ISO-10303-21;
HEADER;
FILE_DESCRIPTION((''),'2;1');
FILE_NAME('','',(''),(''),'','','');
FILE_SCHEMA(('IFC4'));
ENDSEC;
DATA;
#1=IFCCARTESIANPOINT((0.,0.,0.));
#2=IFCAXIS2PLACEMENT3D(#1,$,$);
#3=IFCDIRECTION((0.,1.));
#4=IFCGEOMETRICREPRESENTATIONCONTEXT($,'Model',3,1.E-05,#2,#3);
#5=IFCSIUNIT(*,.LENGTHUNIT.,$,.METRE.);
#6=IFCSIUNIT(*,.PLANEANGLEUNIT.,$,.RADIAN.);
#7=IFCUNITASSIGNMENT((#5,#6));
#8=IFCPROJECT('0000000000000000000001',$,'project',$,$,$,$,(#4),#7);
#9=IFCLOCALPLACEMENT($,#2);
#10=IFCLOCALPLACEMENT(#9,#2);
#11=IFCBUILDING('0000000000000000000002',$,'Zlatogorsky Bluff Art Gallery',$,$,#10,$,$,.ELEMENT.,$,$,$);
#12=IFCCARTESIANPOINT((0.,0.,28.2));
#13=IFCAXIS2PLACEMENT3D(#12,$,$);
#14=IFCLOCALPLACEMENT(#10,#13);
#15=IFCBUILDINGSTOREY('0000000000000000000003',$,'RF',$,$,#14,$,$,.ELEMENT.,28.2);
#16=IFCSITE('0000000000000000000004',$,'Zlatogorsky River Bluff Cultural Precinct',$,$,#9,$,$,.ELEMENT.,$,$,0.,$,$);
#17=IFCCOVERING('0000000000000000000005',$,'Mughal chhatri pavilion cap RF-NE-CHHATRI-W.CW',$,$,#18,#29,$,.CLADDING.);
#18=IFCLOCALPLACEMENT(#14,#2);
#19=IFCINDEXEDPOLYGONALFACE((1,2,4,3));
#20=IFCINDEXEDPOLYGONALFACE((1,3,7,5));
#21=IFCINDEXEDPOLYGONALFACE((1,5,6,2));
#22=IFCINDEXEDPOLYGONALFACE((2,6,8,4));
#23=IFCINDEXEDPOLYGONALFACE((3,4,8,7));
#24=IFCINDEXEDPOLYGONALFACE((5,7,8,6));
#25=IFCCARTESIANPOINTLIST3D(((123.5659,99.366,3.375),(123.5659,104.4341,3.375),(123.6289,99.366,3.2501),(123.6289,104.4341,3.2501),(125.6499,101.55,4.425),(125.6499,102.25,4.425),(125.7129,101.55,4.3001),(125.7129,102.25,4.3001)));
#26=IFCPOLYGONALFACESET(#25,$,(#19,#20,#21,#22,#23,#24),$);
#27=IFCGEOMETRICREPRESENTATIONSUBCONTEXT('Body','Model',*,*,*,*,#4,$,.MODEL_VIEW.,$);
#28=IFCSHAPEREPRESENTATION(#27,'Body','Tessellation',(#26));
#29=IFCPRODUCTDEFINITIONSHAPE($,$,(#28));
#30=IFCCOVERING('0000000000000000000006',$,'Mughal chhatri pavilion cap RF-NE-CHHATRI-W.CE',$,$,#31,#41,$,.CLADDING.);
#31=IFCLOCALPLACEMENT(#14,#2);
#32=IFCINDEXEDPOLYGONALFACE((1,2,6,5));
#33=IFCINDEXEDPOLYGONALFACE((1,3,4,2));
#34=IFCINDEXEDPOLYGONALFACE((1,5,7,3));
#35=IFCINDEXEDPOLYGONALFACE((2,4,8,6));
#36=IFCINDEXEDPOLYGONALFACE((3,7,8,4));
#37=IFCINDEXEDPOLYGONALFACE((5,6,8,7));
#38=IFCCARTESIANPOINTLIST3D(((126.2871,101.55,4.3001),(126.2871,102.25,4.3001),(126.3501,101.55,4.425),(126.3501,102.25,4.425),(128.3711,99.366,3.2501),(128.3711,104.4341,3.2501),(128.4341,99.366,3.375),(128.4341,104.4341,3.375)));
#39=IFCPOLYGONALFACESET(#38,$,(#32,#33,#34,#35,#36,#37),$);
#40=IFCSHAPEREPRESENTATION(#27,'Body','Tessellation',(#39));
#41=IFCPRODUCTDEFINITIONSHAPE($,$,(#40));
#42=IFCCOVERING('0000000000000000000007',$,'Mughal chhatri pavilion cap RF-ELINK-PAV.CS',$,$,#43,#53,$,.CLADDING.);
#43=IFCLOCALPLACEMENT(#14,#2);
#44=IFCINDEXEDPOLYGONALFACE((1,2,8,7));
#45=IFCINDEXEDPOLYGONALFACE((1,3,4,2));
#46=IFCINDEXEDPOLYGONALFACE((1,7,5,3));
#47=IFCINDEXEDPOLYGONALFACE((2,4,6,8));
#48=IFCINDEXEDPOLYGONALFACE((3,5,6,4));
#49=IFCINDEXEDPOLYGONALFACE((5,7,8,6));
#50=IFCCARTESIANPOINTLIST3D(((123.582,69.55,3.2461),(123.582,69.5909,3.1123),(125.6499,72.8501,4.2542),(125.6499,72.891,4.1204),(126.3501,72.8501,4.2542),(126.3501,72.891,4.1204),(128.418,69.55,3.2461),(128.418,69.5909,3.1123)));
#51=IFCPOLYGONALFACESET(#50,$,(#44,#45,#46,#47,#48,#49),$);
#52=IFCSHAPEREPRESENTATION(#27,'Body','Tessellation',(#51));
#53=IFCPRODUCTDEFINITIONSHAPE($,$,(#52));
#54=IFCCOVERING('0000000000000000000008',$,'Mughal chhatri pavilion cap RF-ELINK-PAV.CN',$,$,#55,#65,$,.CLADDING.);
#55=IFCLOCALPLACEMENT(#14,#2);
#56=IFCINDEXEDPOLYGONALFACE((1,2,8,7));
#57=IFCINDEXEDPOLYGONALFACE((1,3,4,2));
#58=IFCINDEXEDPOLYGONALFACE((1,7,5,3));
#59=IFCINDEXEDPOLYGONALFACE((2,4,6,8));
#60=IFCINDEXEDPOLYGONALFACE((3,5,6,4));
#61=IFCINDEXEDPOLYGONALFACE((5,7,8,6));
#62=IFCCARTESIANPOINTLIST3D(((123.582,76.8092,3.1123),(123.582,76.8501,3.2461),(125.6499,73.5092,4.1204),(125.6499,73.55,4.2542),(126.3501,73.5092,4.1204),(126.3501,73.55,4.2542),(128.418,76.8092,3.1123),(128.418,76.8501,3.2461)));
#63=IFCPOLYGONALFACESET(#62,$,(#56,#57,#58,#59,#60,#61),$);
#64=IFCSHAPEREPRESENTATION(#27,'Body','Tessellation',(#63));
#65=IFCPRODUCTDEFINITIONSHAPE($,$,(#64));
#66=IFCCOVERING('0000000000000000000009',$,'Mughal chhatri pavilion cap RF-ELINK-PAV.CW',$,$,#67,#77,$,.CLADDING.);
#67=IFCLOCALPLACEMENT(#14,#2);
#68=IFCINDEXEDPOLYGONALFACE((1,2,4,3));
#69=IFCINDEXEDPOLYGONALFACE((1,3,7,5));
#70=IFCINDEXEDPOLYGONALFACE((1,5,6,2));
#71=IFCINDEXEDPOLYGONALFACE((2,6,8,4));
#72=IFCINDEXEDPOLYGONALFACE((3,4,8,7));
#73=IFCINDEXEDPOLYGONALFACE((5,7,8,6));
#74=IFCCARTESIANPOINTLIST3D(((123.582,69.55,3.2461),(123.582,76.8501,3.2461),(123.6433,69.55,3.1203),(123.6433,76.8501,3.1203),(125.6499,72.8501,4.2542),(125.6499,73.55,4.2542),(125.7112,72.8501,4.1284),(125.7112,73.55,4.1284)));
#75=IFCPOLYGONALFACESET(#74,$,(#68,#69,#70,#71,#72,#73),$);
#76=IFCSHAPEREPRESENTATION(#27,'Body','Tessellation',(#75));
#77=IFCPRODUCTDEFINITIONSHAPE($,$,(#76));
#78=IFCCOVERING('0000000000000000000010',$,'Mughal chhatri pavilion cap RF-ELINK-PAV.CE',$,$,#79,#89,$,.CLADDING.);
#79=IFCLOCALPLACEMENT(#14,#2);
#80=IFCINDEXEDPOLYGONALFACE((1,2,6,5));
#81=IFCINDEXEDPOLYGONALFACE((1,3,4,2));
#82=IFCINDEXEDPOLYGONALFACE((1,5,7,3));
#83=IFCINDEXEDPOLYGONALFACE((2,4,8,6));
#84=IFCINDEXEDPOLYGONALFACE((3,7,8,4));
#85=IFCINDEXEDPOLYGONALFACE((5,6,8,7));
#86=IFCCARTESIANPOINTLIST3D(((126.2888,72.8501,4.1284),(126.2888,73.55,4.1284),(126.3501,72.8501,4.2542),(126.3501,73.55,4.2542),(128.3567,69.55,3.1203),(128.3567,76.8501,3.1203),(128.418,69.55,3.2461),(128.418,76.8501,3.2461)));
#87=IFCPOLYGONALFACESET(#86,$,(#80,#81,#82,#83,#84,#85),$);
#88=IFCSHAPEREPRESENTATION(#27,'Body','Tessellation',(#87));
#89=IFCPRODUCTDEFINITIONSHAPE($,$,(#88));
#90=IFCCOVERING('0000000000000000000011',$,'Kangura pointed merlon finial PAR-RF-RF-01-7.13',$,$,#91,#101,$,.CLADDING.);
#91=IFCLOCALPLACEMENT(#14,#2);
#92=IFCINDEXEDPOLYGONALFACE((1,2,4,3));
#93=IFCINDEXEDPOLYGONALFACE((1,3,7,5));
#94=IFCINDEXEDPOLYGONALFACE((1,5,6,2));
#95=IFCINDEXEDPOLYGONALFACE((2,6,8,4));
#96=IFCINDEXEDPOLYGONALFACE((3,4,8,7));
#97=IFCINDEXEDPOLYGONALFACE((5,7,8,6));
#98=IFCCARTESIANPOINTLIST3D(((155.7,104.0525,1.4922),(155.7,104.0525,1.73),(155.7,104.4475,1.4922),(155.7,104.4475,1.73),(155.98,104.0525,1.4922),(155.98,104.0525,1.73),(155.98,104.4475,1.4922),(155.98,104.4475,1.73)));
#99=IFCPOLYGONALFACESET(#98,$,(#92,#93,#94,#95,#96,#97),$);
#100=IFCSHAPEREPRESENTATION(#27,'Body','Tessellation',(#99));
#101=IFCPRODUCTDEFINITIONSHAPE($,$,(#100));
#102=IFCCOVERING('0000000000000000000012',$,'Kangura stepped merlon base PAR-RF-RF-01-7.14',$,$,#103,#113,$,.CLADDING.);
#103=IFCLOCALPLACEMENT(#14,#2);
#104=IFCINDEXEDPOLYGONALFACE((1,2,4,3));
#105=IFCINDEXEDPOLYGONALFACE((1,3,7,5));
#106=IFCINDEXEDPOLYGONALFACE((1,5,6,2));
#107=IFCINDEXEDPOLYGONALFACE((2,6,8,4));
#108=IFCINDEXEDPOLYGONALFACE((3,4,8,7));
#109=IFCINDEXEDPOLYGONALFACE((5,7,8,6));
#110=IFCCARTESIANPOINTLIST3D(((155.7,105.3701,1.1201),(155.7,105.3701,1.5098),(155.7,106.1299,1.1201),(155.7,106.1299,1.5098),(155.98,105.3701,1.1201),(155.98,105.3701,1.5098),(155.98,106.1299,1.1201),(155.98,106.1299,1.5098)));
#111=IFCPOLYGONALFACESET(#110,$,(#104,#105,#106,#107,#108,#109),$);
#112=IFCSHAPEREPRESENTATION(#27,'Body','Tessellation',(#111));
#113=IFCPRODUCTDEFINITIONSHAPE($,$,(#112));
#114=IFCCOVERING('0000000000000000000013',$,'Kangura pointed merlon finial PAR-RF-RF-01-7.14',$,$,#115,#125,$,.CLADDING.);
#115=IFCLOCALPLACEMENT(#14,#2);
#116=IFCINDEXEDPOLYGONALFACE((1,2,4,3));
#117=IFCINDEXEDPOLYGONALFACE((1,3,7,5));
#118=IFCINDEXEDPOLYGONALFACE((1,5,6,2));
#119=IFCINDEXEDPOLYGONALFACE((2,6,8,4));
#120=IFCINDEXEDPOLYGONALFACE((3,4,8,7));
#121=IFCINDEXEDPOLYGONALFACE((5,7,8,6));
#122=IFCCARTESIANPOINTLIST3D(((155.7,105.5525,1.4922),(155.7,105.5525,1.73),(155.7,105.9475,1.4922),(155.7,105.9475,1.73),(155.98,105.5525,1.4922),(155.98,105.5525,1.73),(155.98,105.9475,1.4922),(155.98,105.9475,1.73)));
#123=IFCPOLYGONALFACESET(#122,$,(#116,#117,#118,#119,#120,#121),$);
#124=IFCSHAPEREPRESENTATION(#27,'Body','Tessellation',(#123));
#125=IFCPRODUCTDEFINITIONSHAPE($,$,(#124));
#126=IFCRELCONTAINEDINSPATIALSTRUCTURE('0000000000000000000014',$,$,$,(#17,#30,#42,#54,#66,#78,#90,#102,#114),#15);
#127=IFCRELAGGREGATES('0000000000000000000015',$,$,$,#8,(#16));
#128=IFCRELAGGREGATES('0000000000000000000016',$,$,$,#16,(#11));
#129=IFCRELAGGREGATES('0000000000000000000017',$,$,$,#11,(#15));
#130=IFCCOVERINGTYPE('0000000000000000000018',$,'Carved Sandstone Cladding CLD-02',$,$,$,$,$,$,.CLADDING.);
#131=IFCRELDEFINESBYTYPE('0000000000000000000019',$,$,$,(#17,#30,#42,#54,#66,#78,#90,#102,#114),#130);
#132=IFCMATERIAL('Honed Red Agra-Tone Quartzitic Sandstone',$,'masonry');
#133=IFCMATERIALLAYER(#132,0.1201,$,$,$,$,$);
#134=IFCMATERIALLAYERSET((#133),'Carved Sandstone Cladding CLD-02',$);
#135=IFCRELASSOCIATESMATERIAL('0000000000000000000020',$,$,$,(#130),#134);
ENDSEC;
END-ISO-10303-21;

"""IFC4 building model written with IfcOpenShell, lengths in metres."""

from ifc_helpers import new_model, si_unit, direction, frame, origin, place, context, subcontext, project, spatial, polyline, outline, extrude, material, layer, layer_set, type_object, element, save


model = new_model("IFC4")

# Units and contexts
model_context = context("Model", 3, precision=1e-05, world=origin(), true_north=direction((0.0, 1.0)))
body_context = subcontext(model_context, "Body", "Model", "MODEL_VIEW")
ifc_project = project(units=[si_unit("LENGTHUNIT", "METRE"), si_unit("PLANEANGLEUNIT", "RADIAN")], contexts=[model_context])

# Site, building, storey
site_placement = place(None, origin())
site = spatial("IfcSite", under=ifc_project, at=site_placement, Name="Zlatogorsky River Bluff Cultural Precinct", CompositionType="ELEMENT", RefElevation=0.0)
building_placement = place(site_placement, origin())
building = spatial("IfcBuilding", under=site, at=building_placement, Name="Zlatogorsky Bluff Art Gallery", CompositionType="ELEMENT")
storey_placement = place(building_placement, frame((0.0, 0.0, 28.2)))
storey = spatial("IfcBuildingStorey", under=building, at=storey_placement, Name="RF", CompositionType="ELEMENT", Elevation=28.2)

# Coverings
ifc_material_1 = material(Name="Honed Red Agra-Tone Quartzitic Sandstone", Category="masonry")
ifc_layer_1 = layer(ifc_material_1, 0.1201)
ifc_layer_set_1 = layer_set([ifc_layer_1], Name="Carved Sandstone Cladding CLD-02")
covering_type = type_object("IfcCoveringType", Name="Carved Sandstone Cladding CLD-02", PredefinedType="CLADDING", material=ifc_layer_set_1)
for number, where, z_axis, x_axis, name in (
    (1, (123.5659, 104.4341, 3.375), (-0.449973, 0.0, 0.893042), (0.0, -1.0, 0.0), "Mughal chhatri pavilion cap RF-NE-CHHATRI-W.CW"),
    (2, (128.4341, 99.366, 3.375), (0.449973, 0.0, 0.893042), (0.0, 1.0, 0.0), "Mughal chhatri pavilion cap RF-NE-CHHATRI-W.CE"),
):
    element("IfcCovering", number, at=place(storey_placement, frame(where, z_axis=z_axis, x_axis=x_axis)), inside=storey, type_object=covering_type, Name=name, PredefinedType="CLADDING", context=body_context, shape_type="SweptSolid", body=[
        extrude(outline(polyline([(0.0, 0.0), (5.0681, 0.0), (2.884, 2.3336), (2.1841, 2.3336), (0.0, 0.0)])), origin(), (0.0, 0.0, -1.0), 0.1399),
    ])
for number, where, z_axis, x_axis, name in (
    (3, (123.582, 69.55, 3.2461), (0.0, -0.292141, 0.956375), (1.0, 0.0, 0.0), "Mughal chhatri pavilion cap RF-ELINK-PAV.CS"),
    (4, (128.418, 76.8501, 3.2461), (0.0, 0.292141, 0.956375), (-1.0, 0.0, 0.0), "Mughal chhatri pavilion cap RF-ELINK-PAV.CN"),
):
    element("IfcCovering", number, at=place(storey_placement, frame(where, z_axis=z_axis, x_axis=x_axis)), inside=storey, type_object=covering_type, Name=name, PredefinedType="CLADDING", context=body_context, shape_type="SweptSolid", body=[
        extrude(outline(polyline([(0.0, 0.0), (4.8359, 0.0), (2.7681, 3.4506), (2.0679, 3.4506), (0.0, 0.0)])), origin(), (0.0, 0.0, -1.0), 0.1399),
    ])
for number, where, z_axis, x_axis, name in (
    (5, (123.582, 76.8501, 3.2461), (-0.438192, 0.0, 0.898882), (0.0, -1.0, 0.0), "Mughal chhatri pavilion cap RF-ELINK-PAV.CW"),
    (6, (128.418, 69.55, 3.2461), (0.438192, 0.0, 0.898882), (0.0, 1.0, 0.0), "Mughal chhatri pavilion cap RF-ELINK-PAV.CE"),
):
    element("IfcCovering", number, at=place(storey_placement, frame(where, z_axis=z_axis, x_axis=x_axis)), inside=storey, type_object=covering_type, Name=name, PredefinedType="CLADDING", context=body_context, shape_type="SweptSolid", body=[
        extrude(outline(polyline([(0.0, 0.0), (7.3, 0.0), (4.0, 2.3005), (3.3, 2.3005), (0.0, 0.0)])), origin(), (0.0, 0.0, -1.0), 0.1399),
    ])
covering_1_placement = place(storey_placement, frame((0.0, 0.0, 1.4922)))
element("IfcCovering", 7, at=covering_1_placement, inside=storey, type_object=covering_type, Name="Kangura pointed merlon finial PAR-RF-RF-01-7.13", PredefinedType="CLADDING", context=body_context, shape_type="SweptSolid", body=[
    extrude(outline(polyline([(155.7, 104.0525), (155.7, 104.4475), (155.98, 104.4475), (155.98, 104.0525), (155.7, 104.0525)])), origin(), (0.0, 0.0, 1.0), 0.2378),
])
covering_2_placement = place(storey_placement, frame((0.0, 0.0, 1.1201)))
element("IfcCovering", 8, at=covering_2_placement, inside=storey, type_object=covering_type, Name="Kangura stepped merlon base PAR-RF-RF-01-7.14", PredefinedType="CLADDING", context=body_context, shape_type="SweptSolid", body=[
    extrude(outline(polyline([(155.7, 105.3701), (155.7, 106.1299), (155.98, 106.1299), (155.98, 105.3701), (155.7, 105.3701)])), origin(), (0.0, 0.0, 1.0), 0.3896),
])
covering_3_placement = place(storey_placement, frame((0.0, 0.0, 1.4922)))
element("IfcCovering", 9, at=covering_3_placement, inside=storey, type_object=covering_type, Name="Kangura pointed merlon finial PAR-RF-RF-01-7.14", PredefinedType="CLADDING", context=body_context, shape_type="SweptSolid", body=[
    extrude(outline(polyline([(155.7, 105.5525), (155.7, 105.9475), (155.98, 105.9475), (155.98, 105.5525), (155.7, 105.5525)])), origin(), (0.0, 0.0, 1.0), 0.2378),
])

save(model, "model.ifc")
